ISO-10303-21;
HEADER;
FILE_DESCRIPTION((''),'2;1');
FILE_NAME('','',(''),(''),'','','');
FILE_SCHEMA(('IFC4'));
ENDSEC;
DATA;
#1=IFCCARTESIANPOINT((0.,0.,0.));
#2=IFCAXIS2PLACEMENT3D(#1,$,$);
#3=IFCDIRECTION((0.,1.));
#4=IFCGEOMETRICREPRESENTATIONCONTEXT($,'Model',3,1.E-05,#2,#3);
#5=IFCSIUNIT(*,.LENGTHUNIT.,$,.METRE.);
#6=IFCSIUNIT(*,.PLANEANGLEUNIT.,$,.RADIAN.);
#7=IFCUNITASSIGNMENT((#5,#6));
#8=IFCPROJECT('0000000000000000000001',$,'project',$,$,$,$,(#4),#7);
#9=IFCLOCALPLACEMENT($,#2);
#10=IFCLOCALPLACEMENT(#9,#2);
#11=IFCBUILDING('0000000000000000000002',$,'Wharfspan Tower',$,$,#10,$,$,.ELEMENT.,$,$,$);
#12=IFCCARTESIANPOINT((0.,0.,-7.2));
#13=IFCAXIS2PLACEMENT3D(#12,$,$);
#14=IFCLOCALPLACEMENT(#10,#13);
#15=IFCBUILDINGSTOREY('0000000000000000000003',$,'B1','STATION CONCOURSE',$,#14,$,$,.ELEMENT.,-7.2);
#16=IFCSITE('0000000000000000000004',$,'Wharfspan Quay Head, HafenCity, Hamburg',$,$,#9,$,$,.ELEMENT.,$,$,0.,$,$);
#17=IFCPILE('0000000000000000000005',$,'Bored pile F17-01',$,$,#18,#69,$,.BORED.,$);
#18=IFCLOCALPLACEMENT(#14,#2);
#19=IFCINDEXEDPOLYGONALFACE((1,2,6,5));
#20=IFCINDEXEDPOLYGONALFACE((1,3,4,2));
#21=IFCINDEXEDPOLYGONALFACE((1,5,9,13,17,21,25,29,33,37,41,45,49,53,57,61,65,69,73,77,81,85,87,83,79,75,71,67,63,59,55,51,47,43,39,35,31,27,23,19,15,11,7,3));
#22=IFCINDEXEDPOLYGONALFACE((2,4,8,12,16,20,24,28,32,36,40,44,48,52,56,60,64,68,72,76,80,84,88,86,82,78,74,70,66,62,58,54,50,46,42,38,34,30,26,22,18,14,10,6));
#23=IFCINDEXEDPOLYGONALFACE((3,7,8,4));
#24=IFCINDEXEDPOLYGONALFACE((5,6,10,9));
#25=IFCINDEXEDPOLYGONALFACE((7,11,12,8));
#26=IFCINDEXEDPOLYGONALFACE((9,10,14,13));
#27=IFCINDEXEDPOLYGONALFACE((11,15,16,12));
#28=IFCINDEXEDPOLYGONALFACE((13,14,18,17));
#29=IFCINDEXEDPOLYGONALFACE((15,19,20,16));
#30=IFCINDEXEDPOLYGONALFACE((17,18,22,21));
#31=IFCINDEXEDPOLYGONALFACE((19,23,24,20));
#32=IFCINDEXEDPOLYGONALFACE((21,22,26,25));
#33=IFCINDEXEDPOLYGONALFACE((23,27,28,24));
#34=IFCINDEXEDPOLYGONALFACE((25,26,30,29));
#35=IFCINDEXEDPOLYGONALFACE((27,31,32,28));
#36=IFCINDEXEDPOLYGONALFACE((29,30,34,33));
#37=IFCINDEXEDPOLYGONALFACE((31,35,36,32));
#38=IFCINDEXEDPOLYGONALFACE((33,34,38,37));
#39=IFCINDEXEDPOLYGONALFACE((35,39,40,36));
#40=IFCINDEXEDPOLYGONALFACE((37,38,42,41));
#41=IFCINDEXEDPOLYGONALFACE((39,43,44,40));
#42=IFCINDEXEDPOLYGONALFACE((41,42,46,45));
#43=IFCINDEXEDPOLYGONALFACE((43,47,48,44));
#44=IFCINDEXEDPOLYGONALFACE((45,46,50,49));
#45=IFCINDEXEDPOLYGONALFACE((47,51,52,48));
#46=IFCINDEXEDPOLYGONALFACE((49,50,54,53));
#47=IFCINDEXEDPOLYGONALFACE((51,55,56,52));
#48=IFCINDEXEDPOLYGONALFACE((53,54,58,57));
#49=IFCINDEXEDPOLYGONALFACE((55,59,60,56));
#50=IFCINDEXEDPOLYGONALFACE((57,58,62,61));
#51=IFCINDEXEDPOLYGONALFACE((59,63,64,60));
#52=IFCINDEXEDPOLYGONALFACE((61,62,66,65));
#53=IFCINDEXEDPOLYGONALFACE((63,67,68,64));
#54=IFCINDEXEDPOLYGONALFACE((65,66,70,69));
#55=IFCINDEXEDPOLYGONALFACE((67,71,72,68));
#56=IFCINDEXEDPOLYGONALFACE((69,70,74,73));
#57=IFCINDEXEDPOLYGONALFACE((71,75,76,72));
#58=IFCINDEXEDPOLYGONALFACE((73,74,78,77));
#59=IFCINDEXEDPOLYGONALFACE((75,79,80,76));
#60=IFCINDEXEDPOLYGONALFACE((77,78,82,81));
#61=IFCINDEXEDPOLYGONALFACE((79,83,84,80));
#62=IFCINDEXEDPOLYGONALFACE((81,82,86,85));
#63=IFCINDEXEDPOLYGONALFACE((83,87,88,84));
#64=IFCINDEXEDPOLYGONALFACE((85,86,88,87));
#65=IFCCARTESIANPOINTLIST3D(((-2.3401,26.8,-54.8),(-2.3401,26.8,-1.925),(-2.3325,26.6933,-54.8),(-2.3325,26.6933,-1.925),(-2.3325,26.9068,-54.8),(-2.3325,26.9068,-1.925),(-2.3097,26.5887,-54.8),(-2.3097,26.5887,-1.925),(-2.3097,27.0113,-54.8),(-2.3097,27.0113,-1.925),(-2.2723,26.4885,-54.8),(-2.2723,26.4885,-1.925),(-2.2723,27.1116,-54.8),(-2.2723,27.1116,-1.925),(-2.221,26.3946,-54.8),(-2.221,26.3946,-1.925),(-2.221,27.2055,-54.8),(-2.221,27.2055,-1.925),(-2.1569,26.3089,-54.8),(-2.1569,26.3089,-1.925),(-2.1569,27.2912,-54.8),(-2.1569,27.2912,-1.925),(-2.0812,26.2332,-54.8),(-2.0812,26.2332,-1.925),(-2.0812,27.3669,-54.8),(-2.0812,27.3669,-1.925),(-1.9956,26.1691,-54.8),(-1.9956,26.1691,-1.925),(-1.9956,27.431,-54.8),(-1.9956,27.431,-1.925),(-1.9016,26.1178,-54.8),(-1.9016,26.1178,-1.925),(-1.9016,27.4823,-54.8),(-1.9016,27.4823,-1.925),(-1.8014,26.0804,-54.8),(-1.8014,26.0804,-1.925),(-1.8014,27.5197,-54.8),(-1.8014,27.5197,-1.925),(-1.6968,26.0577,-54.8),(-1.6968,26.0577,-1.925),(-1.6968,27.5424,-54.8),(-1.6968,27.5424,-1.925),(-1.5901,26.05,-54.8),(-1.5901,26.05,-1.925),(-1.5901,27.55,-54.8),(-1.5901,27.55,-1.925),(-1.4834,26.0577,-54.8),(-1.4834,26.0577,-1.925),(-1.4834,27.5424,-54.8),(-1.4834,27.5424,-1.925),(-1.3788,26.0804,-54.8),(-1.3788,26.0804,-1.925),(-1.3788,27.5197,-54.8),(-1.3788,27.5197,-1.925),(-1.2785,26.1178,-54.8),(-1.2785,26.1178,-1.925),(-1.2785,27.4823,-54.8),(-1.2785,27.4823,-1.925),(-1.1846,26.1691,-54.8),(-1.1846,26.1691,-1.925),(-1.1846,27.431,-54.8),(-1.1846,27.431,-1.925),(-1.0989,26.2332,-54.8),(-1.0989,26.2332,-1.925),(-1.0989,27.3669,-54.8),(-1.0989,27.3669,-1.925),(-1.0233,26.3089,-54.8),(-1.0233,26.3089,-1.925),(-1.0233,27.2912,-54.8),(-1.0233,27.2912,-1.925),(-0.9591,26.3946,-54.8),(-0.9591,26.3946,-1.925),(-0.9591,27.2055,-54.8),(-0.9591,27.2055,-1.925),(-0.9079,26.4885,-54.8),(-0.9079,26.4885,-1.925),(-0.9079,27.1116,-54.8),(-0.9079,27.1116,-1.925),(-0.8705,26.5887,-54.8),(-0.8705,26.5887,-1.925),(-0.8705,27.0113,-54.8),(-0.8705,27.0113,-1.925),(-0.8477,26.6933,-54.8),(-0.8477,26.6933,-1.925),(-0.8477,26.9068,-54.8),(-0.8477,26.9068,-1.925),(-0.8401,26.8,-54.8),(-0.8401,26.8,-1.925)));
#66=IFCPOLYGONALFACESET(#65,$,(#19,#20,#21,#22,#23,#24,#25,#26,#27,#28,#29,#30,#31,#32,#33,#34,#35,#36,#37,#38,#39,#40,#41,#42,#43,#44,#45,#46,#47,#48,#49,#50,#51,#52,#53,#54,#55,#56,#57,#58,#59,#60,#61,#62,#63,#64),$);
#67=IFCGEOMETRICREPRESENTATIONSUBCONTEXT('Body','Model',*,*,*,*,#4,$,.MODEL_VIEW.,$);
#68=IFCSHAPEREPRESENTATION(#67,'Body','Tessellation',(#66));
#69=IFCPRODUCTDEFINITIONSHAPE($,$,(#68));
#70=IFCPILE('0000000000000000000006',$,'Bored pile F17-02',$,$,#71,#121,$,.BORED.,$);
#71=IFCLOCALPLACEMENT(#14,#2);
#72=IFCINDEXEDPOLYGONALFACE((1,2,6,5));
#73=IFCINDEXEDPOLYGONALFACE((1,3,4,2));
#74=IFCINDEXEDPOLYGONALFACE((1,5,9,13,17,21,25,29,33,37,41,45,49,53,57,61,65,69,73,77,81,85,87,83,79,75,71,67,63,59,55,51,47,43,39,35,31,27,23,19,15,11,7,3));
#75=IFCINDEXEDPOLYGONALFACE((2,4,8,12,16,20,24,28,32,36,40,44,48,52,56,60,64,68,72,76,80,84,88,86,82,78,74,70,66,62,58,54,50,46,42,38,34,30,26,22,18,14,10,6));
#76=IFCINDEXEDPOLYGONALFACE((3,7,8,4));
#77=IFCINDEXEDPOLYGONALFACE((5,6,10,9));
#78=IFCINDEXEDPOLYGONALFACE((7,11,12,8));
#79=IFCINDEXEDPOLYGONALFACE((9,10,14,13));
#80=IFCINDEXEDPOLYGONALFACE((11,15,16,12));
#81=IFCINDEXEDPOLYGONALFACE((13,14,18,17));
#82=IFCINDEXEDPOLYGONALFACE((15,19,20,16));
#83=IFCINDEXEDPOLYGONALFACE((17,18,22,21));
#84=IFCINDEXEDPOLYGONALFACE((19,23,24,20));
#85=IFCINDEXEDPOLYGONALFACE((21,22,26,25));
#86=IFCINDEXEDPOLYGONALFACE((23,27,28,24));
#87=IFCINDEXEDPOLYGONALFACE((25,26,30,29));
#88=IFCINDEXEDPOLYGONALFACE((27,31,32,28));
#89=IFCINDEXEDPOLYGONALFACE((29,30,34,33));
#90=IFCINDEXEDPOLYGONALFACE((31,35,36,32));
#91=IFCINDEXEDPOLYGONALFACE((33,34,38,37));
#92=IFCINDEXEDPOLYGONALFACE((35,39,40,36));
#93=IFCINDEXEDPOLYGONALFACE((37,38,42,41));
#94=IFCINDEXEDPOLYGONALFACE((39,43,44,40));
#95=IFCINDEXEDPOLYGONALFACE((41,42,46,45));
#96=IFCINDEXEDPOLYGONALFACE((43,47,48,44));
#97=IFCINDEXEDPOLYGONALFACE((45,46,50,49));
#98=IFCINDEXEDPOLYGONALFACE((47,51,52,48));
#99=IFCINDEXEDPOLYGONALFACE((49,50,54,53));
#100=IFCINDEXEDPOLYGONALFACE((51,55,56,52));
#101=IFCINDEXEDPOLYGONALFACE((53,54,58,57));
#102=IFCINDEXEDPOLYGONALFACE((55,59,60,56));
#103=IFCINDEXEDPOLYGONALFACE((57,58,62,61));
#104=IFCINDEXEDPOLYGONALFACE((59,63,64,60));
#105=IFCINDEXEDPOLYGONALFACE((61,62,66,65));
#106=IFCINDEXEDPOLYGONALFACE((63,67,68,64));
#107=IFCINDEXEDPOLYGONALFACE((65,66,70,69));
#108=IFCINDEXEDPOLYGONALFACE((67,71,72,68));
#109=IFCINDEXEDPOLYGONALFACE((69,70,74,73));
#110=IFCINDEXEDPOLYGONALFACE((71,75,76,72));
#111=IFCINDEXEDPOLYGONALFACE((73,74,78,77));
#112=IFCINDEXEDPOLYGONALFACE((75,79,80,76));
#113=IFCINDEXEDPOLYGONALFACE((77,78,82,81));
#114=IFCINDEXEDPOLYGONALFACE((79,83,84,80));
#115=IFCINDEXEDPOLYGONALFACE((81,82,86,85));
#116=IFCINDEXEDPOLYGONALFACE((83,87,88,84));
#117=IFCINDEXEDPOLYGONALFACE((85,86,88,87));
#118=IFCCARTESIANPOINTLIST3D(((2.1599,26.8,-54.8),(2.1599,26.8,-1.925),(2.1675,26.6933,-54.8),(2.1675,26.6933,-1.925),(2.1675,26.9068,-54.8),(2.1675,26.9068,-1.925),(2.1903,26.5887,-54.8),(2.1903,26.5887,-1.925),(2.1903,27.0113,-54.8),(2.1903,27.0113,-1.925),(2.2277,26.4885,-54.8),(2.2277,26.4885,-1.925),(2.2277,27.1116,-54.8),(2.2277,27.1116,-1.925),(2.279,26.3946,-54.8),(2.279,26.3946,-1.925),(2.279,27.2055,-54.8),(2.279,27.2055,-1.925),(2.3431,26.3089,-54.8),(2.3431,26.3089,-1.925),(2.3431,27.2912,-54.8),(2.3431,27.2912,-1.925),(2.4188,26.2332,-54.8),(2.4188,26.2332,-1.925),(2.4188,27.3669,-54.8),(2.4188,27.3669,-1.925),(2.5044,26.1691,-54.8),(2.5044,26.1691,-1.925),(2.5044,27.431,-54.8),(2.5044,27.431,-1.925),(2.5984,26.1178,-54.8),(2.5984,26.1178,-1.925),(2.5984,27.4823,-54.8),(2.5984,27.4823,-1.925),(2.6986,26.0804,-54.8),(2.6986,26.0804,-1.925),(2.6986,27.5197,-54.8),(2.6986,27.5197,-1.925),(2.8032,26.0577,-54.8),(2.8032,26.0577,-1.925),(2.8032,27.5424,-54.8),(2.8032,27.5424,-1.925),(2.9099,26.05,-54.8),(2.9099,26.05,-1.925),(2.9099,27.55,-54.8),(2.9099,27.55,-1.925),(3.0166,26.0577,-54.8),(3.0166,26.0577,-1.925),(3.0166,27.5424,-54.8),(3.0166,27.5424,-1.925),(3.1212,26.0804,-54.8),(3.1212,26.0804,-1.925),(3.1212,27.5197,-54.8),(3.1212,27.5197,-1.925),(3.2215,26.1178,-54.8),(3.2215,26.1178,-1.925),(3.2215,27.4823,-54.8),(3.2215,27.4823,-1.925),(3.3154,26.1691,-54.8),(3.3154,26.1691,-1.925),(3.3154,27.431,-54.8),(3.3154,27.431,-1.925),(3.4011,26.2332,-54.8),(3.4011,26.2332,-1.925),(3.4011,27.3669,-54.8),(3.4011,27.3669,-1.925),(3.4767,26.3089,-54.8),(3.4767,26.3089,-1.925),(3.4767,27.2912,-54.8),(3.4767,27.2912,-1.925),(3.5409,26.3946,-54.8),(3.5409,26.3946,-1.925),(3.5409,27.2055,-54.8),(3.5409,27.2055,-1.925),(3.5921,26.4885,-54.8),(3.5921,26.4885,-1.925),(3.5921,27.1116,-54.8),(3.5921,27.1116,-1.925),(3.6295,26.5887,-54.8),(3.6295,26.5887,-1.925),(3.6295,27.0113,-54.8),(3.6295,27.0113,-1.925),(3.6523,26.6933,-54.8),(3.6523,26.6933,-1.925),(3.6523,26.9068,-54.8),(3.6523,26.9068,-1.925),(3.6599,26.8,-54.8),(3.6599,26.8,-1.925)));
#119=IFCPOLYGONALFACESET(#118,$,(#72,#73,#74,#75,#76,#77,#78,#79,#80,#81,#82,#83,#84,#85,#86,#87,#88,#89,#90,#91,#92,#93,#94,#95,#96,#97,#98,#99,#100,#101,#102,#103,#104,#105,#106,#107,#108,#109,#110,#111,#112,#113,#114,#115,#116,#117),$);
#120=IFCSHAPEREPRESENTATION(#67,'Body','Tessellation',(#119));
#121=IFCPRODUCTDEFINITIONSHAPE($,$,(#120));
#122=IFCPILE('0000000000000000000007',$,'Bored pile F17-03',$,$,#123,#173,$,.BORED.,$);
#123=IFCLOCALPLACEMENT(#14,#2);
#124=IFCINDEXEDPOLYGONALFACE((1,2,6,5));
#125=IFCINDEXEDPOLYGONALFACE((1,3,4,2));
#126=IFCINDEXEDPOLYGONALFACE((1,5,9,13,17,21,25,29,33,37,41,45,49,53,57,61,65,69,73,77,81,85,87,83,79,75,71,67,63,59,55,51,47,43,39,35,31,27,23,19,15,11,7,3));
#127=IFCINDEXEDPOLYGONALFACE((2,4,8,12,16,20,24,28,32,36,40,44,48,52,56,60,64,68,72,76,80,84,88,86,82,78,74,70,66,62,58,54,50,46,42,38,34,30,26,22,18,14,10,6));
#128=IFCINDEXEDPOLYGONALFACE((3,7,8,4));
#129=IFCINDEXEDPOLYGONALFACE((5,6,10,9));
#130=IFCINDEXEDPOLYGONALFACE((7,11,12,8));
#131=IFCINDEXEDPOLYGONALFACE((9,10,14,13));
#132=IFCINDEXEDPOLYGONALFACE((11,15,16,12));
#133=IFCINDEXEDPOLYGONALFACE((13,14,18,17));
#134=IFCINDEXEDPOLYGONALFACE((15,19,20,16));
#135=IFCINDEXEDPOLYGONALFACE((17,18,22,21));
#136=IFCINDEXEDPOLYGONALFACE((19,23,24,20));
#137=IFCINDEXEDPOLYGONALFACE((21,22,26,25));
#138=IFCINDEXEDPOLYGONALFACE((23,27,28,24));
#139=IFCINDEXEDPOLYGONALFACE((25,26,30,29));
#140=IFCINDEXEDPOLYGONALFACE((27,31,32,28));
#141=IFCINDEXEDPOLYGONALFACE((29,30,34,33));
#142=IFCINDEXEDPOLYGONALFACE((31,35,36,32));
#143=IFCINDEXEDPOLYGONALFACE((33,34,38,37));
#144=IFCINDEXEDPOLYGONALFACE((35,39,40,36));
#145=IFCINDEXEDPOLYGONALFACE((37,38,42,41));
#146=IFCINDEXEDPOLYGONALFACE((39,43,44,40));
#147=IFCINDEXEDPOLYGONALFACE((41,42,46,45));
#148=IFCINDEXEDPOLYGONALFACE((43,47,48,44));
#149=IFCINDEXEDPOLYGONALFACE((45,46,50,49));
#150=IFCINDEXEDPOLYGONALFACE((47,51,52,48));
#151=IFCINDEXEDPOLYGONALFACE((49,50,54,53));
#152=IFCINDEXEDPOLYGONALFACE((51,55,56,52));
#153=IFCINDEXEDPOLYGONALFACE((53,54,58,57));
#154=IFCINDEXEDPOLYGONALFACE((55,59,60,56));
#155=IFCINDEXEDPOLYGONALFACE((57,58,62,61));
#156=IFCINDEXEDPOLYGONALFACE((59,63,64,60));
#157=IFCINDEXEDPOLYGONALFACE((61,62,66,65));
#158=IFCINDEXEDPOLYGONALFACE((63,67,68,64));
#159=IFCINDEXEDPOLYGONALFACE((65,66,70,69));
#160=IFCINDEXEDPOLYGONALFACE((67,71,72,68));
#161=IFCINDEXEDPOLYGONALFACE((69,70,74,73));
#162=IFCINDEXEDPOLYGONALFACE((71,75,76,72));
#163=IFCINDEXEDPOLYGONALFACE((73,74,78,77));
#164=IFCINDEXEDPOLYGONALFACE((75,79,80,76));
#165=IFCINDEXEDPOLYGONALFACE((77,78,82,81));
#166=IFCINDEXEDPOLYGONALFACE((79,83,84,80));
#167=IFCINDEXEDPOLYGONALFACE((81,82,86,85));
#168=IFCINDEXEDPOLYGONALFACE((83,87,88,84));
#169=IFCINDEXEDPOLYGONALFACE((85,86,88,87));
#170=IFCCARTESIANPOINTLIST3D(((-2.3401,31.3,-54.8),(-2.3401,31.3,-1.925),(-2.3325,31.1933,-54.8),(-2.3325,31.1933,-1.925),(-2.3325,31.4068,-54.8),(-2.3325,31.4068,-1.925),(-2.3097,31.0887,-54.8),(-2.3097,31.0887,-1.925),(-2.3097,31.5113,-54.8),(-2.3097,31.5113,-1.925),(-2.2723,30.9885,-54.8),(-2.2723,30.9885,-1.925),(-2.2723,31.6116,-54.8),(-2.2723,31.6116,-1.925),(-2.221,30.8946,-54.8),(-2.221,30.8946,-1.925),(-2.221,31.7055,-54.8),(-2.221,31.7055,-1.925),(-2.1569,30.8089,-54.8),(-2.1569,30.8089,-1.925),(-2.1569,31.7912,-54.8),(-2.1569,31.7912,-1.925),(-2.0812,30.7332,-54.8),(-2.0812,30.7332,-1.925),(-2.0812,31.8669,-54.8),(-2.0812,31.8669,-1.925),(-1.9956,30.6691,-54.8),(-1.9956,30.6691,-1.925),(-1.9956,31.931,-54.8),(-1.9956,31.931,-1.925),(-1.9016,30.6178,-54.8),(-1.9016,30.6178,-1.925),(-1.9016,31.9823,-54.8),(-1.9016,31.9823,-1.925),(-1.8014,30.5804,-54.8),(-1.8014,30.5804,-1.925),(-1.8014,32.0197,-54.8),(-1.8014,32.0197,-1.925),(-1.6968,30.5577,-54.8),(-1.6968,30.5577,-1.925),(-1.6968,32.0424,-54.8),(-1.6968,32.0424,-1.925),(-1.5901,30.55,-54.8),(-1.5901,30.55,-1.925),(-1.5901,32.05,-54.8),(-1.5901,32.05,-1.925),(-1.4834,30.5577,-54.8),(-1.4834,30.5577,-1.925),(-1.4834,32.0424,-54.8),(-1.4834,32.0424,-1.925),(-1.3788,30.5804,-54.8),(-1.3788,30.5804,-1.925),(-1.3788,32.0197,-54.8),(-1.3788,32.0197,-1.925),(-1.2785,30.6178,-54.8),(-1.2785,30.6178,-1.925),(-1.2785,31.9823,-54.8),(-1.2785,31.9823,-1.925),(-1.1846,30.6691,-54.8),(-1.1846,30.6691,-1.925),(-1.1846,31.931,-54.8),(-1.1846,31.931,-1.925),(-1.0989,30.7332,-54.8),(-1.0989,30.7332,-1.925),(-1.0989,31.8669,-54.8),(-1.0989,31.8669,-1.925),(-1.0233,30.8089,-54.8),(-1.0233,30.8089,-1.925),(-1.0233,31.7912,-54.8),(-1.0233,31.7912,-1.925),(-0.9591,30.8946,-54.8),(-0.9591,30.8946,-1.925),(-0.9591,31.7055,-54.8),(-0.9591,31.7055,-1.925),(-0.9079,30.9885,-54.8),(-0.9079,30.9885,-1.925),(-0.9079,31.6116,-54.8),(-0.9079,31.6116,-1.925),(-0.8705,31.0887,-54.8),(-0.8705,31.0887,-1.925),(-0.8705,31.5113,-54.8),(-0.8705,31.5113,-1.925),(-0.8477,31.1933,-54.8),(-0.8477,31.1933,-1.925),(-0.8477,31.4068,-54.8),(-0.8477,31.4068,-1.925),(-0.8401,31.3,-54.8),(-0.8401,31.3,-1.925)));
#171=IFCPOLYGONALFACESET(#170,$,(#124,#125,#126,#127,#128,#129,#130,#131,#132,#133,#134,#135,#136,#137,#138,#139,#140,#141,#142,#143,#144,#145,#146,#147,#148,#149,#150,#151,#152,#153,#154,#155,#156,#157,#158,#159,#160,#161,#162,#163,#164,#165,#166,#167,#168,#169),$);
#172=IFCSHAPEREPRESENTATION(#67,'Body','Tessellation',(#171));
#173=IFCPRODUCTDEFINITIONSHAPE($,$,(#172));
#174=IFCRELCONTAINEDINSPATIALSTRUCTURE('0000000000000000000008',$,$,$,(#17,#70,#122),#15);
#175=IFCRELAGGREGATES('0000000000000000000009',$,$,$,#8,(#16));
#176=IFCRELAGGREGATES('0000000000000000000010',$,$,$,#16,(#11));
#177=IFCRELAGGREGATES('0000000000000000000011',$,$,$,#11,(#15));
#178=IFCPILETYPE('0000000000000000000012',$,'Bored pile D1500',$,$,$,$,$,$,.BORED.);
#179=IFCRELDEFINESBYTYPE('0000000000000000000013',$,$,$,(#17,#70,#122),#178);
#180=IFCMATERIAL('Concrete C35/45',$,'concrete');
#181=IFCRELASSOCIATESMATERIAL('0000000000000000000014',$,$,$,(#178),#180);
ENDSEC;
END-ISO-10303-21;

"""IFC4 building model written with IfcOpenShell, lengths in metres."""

from ifc_helpers import new_model, si_unit, direction, frame, origin, origin_2d, place, context, subcontext, project, spatial, circle, extrude, material, material_profile, profile_set, type_object, element, save


model = new_model("IFC4")

# Units and contexts
model_context = context("Model", 3, precision=1e-05, world=origin(), true_north=direction((0.0, 1.0)))
body_context = subcontext(model_context, "Body", "Model", "MODEL_VIEW")
ifc_project = project(units=[si_unit("LENGTHUNIT", "METRE"), si_unit("PLANEANGLEUNIT", "RADIAN")], contexts=[model_context])

# Site, building, storey
site_placement = place(None, origin())
site = spatial("IfcSite", under=ifc_project, at=site_placement, Name="Wharfspan Quay Head, HafenCity, Hamburg", CompositionType="ELEMENT", RefElevation=0.0)
building_placement = place(site_placement, origin())
building = spatial("IfcBuilding", under=site, at=building_placement, Name="Wharfspan Tower", CompositionType="ELEMENT")
storey_placement = place(building_placement, frame((0.0, 0.0, -7.2)))
storey = spatial("IfcBuildingStorey", under=building, at=storey_placement, Name="B1", Description="STATION CONCOURSE", CompositionType="ELEMENT", Elevation=-7.2)

# Piles
ifc_material_1 = material(Name="Concrete C35/45", Category="concrete")
ifc_material_profile_1 = material_profile(ifc_material_1, circle(Radius=0.75, at=origin_2d()))
ifc_profile_set_1 = profile_set([ifc_material_profile_1], Name="Concrete C35/45")
pile_type = type_object("IfcPileType", Name="Bored pile D1500", PredefinedType="BORED", material=ifc_profile_set_1)
for number, where, z_axis, x_axis, name in (
    (1, (-1.5901, 26.8, -1.925), (0.0, 0.0, -1.0), (1.0, 0.0, 0.0), "Bored pile F17-01"),
    (2, (2.9099, 26.8, -1.925), (0.0, 0.0, -1.0), (1.0, 0.0, 0.0), "Bored pile F17-02"),
    (3, (-1.5901, 31.3, -1.925), (0.0, 0.0, -1.0), (1.0, 0.0, 0.0), "Bored pile F17-03"),
):
    element("IfcPile", number, at=place(storey_placement, frame(where, z_axis=z_axis, x_axis=x_axis)), inside=storey, type_object=pile_type, Name=name, PredefinedType="BORED", context=body_context, shape_type="SweptSolid", body=[
        extrude(circle(Radius=0.75, at=origin_2d()), origin(), (0.0, 0.0, 1.0), 52.875),
    ])

save(model, "model.ifc")
